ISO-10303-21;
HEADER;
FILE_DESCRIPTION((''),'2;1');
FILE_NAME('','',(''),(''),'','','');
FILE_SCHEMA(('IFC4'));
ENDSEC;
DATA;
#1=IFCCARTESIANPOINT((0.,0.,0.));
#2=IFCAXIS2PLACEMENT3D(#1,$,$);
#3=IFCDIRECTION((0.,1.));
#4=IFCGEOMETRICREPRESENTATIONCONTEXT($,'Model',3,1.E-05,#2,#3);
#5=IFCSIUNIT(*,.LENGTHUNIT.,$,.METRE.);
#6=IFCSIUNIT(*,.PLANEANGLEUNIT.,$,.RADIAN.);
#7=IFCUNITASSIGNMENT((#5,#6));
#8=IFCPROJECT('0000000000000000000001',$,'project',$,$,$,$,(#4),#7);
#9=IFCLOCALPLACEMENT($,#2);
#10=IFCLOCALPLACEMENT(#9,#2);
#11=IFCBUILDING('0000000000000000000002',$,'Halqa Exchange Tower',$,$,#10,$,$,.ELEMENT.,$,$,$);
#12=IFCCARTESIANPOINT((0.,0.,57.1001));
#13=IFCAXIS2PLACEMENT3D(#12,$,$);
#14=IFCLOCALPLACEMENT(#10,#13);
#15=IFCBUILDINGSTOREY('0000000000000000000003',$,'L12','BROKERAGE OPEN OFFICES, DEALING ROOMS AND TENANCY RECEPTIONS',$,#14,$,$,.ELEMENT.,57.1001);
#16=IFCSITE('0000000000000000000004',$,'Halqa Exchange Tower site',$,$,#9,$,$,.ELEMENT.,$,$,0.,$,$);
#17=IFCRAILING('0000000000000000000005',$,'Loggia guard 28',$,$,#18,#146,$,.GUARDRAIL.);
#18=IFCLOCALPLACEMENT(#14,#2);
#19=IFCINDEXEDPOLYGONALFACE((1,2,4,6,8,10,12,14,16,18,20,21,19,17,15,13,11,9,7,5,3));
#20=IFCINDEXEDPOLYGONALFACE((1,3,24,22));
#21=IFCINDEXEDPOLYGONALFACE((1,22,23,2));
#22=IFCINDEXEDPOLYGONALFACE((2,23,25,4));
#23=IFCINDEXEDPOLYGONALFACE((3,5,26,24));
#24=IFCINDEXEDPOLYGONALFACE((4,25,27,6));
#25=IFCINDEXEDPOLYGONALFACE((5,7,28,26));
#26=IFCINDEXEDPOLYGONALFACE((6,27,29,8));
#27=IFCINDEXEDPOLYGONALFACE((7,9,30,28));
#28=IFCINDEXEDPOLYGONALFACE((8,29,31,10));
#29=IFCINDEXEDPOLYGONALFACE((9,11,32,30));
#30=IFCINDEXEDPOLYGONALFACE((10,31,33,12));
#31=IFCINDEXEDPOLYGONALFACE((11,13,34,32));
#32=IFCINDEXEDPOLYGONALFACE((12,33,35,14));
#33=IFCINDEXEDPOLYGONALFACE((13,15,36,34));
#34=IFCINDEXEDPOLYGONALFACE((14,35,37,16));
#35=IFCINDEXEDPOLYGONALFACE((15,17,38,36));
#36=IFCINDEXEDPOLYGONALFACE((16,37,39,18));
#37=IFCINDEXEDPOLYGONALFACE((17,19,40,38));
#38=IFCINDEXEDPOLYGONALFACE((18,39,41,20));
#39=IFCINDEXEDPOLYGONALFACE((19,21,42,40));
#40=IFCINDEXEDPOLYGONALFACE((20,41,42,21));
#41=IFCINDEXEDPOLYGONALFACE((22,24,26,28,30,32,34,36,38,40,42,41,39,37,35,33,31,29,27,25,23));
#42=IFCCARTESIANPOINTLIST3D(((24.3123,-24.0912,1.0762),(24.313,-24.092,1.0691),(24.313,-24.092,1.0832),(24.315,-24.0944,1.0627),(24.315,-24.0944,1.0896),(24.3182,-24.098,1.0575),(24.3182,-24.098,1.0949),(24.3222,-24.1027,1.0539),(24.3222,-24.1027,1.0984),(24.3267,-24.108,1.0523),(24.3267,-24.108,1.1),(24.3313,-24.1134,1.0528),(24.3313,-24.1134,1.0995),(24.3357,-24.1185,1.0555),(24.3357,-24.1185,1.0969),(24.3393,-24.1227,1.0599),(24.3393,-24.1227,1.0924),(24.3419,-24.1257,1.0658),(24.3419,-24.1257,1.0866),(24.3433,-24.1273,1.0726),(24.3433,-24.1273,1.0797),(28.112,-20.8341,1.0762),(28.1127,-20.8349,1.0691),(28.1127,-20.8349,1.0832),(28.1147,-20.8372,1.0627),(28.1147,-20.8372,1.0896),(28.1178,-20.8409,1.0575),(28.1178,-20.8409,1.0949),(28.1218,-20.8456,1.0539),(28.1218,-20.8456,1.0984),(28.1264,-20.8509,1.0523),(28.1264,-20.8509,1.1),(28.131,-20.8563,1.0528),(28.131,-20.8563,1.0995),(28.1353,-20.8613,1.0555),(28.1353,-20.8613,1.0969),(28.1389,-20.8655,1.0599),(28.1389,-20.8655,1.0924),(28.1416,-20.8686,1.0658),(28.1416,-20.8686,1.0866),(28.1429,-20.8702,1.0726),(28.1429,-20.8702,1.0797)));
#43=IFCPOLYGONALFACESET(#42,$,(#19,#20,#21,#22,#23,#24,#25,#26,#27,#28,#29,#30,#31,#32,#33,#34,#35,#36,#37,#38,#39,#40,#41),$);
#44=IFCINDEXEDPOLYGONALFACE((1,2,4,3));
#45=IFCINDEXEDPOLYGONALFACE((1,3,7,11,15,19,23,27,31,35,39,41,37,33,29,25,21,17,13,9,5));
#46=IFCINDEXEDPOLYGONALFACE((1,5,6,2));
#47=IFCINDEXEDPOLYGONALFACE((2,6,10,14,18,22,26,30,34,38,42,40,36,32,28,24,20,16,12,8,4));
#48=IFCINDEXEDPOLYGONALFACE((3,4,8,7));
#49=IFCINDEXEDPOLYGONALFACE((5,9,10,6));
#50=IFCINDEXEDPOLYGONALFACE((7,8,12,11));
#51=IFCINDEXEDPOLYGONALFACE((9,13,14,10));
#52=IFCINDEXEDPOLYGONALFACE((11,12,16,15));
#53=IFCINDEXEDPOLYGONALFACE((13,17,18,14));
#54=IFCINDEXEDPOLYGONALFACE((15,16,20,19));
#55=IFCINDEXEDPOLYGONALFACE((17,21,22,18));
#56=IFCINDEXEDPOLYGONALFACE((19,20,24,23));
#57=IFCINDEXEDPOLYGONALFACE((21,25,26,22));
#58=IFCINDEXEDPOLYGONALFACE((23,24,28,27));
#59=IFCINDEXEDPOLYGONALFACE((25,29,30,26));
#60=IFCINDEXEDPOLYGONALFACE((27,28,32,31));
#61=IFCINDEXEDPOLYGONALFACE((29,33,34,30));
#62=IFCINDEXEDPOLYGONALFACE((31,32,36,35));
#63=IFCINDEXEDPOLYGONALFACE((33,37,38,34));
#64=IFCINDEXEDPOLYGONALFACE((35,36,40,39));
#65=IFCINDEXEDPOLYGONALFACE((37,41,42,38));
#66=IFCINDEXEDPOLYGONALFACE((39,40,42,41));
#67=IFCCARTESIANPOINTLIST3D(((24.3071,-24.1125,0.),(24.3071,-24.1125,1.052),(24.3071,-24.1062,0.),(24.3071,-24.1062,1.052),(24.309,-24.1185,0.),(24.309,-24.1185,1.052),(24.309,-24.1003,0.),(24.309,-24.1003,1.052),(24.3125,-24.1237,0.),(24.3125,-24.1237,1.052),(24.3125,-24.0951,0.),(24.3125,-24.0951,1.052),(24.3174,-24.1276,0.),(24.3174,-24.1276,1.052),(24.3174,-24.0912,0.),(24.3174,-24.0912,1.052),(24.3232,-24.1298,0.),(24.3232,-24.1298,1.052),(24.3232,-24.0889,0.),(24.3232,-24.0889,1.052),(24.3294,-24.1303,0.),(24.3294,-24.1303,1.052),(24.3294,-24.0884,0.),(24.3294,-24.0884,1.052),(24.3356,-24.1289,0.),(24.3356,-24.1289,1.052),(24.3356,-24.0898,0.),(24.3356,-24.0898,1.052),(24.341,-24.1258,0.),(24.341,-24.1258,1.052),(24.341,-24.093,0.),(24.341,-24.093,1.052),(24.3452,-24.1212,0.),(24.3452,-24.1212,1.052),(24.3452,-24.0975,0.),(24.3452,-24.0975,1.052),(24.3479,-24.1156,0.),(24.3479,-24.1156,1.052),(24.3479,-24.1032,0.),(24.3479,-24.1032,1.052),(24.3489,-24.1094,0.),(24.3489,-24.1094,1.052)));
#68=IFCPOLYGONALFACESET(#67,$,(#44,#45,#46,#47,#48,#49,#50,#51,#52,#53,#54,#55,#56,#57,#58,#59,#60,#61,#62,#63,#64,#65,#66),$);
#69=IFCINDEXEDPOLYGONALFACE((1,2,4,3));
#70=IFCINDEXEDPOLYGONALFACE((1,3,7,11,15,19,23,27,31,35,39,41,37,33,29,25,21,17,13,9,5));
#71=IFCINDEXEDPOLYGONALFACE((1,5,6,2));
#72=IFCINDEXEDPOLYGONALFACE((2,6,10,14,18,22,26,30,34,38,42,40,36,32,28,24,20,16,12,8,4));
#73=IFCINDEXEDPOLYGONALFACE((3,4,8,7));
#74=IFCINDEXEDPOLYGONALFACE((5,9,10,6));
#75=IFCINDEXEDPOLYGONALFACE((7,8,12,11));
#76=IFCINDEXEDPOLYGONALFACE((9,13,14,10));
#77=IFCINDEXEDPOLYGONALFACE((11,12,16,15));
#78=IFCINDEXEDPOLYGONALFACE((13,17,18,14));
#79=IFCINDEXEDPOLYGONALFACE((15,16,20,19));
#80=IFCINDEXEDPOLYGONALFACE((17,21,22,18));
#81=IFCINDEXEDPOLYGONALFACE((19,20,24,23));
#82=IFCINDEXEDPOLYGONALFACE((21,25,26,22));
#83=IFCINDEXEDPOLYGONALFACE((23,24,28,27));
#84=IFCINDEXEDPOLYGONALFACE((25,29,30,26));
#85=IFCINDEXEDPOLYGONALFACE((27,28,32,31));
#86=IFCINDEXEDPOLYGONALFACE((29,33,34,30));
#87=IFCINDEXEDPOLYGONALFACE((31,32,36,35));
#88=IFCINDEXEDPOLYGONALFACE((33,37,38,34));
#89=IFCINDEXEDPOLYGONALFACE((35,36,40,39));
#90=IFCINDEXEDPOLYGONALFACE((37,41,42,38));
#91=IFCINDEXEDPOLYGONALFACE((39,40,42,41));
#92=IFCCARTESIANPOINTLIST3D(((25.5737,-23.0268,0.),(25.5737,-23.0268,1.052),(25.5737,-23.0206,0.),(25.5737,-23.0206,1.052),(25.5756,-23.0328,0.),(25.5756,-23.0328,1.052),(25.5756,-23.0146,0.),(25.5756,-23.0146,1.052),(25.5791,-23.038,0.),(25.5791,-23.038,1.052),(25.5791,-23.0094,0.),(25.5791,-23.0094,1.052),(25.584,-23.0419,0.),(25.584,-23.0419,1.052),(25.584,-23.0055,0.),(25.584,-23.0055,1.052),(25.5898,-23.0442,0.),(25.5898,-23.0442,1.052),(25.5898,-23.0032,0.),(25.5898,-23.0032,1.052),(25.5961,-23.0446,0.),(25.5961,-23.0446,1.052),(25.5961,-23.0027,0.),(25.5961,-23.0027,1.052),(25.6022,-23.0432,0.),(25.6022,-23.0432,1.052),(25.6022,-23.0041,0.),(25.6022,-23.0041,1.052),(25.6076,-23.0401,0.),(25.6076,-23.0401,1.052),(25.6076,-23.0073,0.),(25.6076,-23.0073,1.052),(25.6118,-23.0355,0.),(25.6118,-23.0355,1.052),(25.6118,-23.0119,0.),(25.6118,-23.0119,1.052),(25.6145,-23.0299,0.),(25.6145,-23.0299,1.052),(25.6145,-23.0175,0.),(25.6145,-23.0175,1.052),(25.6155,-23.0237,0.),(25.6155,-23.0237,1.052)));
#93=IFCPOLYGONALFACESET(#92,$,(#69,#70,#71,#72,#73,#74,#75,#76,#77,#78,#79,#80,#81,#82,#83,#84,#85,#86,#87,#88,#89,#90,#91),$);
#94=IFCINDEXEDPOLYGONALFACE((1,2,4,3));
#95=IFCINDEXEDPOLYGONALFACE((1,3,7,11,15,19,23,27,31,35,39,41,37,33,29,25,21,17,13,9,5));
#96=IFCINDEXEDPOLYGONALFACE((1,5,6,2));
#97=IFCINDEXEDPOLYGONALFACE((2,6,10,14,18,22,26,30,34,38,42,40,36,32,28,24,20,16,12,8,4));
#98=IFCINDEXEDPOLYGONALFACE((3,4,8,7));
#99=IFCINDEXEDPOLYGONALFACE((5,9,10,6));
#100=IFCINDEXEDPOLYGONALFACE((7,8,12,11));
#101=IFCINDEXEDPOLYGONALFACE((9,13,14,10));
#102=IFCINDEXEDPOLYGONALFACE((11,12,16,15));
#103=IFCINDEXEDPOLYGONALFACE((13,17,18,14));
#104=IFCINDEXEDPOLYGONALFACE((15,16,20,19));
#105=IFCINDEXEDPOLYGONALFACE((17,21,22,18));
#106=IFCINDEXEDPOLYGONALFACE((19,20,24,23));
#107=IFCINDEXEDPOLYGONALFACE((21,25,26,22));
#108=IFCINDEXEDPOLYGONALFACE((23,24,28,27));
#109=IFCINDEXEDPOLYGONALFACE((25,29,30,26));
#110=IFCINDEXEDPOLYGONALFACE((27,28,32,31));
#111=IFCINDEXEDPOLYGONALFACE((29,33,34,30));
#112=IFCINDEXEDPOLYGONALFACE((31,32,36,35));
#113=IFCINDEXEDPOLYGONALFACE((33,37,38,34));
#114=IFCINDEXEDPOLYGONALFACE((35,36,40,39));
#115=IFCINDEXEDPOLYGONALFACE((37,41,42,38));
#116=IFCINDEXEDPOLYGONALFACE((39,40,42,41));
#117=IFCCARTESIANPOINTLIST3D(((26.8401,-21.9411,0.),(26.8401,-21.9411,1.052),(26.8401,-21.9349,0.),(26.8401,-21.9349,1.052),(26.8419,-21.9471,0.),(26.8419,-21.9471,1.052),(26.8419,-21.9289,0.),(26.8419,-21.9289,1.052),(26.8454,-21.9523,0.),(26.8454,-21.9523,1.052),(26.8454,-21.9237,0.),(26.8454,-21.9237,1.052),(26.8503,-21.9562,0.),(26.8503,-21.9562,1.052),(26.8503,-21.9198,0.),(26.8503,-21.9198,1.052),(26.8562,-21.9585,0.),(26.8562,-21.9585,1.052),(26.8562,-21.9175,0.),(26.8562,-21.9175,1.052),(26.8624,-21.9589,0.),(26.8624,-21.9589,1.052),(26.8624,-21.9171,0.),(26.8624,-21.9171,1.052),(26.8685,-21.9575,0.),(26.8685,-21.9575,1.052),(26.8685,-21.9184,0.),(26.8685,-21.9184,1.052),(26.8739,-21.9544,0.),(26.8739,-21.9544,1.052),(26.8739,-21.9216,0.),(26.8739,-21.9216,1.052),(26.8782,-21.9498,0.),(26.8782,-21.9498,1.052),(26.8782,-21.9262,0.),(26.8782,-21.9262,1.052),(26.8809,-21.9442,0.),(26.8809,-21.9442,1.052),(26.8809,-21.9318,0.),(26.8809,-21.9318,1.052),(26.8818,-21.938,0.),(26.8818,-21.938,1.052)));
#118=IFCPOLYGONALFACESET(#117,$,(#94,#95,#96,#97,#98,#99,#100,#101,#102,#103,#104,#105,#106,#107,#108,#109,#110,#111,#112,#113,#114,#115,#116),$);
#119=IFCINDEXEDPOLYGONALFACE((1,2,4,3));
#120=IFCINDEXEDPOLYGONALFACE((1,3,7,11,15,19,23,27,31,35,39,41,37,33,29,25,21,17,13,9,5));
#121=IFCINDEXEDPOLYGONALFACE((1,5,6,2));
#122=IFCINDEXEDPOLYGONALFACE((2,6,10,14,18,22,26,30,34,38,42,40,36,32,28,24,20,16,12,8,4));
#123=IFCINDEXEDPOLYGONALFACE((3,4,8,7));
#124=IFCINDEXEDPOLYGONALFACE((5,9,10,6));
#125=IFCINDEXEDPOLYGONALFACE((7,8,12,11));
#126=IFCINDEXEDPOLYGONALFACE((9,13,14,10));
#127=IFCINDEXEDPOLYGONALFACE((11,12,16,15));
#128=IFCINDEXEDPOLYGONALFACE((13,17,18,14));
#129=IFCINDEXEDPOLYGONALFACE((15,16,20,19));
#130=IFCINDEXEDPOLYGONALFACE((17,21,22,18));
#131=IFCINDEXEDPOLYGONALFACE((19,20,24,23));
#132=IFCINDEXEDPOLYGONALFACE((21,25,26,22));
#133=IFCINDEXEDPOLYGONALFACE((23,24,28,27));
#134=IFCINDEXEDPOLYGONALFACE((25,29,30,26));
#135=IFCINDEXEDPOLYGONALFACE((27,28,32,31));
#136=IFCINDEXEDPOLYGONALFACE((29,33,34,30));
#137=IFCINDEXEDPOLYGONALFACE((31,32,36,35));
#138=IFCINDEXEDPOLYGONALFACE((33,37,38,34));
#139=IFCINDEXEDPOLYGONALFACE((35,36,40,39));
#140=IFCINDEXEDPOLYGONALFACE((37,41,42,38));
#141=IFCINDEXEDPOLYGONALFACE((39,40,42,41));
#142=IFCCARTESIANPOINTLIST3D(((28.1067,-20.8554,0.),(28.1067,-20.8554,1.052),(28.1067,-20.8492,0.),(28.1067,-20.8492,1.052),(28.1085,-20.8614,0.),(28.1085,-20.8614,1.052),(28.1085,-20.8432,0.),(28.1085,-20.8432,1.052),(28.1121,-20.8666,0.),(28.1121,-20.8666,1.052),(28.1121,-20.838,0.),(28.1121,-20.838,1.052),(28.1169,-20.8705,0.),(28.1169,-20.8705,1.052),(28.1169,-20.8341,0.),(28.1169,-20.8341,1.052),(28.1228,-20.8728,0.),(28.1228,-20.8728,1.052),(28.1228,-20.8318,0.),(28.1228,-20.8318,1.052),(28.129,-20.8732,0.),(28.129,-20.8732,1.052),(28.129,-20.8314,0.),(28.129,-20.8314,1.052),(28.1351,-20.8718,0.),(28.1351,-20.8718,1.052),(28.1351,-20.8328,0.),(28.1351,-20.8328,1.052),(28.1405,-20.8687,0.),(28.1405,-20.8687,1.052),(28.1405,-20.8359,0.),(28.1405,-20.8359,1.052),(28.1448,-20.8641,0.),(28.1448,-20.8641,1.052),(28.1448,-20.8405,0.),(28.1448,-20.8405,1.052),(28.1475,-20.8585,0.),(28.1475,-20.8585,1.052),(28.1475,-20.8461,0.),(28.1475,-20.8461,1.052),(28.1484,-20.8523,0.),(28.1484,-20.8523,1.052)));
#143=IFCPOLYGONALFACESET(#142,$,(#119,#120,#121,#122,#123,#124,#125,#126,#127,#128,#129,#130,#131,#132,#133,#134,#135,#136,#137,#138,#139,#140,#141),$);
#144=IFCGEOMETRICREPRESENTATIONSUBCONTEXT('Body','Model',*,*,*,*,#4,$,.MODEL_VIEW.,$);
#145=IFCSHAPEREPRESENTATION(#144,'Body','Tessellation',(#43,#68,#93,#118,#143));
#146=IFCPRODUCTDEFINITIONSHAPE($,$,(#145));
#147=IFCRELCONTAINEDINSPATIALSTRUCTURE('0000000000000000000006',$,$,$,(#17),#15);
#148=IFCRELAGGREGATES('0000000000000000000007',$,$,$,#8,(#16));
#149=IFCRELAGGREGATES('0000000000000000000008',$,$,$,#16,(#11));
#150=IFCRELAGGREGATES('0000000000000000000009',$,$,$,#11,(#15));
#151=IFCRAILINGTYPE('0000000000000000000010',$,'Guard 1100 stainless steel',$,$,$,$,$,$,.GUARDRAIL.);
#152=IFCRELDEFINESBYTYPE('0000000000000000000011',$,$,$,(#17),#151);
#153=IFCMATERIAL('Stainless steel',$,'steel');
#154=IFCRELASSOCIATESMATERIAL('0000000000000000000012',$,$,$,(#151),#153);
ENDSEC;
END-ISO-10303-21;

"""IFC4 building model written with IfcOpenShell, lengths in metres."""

from ifc_helpers import new_model, si_unit, direction, frame, origin, origin_2d, place, context, subcontext, project, spatial, circle, extrude, material, type_object, element, save


model = new_model("IFC4")

# Units and contexts
model_context = context("Model", 3, precision=1e-05, world=origin(), true_north=direction((0.0, 1.0)))
body_context = subcontext(model_context, "Body", "Model", "MODEL_VIEW")
ifc_project = project(units=[si_unit("LENGTHUNIT", "METRE"), si_unit("PLANEANGLEUNIT", "RADIAN")], contexts=[model_context])

# Site, building, storey
site_placement = place(None, origin())
site = spatial("IfcSite", under=ifc_project, at=site_placement, Name="Halqa Exchange Tower site", CompositionType="ELEMENT", RefElevation=0.0)
building_placement = place(site_placement, origin())
building = spatial("IfcBuilding", under=site, at=building_placement, Name="Halqa Exchange Tower", CompositionType="ELEMENT")
storey_placement = place(building_placement, frame((0.0, 0.0, 57.1001)))
storey = spatial("IfcBuildingStorey", under=building, at=storey_placement, Name="L12", Description="BROKERAGE OPEN OFFICES, DEALING ROOMS AND TENANCY RECEPTIONS", CompositionType="ELEMENT", Elevation=57.1001)

# Railing
ifc_material_1 = material(Name="Stainless steel", Category="steel")
railing_type = type_object("IfcRailingType", Name="Guard 1100 stainless steel", PredefinedType="GUARDRAIL", material=ifc_material_1)
railing_1_placement = place(storey_placement, frame((24.3279, -24.1094, 0.0)))
element("IfcRailing", 1, at=railing_1_placement, inside=storey, type_object=railing_type, Name="Loggia guard 28", PredefinedType="GUARDRAIL", context=body_context, shape_type="SweptSolid", body=[
    extrude(circle(Radius=0.0239, at=origin_2d()), frame((0.0, 0.0, 1.0762), z_axis=(0.759226, 0.650828, 0.0), x_axis=(-0.650828, 0.759226, 0.0)), (0.0, 0.0, 1.0), 5.0046),
    extrude(circle(Radius=0.021, at=origin_2d()), origin(), (0.0, 0.0, 1.0), 1.052),
    extrude(circle(Radius=0.021, at=origin_2d()), frame((1.2666, 1.0857, 0.0)), (0.0, 0.0, 1.0), 1.052),
    extrude(circle(Radius=0.021, at=origin_2d()), frame((2.533, 2.1714, 0.0)), (0.0, 0.0, 1.0), 1.052),
    extrude(circle(Radius=0.021, at=origin_2d()), frame((3.7996, 3.2571, 0.0)), (0.0, 0.0, 1.0), 1.052),
])

save(model, "model.ifc")
